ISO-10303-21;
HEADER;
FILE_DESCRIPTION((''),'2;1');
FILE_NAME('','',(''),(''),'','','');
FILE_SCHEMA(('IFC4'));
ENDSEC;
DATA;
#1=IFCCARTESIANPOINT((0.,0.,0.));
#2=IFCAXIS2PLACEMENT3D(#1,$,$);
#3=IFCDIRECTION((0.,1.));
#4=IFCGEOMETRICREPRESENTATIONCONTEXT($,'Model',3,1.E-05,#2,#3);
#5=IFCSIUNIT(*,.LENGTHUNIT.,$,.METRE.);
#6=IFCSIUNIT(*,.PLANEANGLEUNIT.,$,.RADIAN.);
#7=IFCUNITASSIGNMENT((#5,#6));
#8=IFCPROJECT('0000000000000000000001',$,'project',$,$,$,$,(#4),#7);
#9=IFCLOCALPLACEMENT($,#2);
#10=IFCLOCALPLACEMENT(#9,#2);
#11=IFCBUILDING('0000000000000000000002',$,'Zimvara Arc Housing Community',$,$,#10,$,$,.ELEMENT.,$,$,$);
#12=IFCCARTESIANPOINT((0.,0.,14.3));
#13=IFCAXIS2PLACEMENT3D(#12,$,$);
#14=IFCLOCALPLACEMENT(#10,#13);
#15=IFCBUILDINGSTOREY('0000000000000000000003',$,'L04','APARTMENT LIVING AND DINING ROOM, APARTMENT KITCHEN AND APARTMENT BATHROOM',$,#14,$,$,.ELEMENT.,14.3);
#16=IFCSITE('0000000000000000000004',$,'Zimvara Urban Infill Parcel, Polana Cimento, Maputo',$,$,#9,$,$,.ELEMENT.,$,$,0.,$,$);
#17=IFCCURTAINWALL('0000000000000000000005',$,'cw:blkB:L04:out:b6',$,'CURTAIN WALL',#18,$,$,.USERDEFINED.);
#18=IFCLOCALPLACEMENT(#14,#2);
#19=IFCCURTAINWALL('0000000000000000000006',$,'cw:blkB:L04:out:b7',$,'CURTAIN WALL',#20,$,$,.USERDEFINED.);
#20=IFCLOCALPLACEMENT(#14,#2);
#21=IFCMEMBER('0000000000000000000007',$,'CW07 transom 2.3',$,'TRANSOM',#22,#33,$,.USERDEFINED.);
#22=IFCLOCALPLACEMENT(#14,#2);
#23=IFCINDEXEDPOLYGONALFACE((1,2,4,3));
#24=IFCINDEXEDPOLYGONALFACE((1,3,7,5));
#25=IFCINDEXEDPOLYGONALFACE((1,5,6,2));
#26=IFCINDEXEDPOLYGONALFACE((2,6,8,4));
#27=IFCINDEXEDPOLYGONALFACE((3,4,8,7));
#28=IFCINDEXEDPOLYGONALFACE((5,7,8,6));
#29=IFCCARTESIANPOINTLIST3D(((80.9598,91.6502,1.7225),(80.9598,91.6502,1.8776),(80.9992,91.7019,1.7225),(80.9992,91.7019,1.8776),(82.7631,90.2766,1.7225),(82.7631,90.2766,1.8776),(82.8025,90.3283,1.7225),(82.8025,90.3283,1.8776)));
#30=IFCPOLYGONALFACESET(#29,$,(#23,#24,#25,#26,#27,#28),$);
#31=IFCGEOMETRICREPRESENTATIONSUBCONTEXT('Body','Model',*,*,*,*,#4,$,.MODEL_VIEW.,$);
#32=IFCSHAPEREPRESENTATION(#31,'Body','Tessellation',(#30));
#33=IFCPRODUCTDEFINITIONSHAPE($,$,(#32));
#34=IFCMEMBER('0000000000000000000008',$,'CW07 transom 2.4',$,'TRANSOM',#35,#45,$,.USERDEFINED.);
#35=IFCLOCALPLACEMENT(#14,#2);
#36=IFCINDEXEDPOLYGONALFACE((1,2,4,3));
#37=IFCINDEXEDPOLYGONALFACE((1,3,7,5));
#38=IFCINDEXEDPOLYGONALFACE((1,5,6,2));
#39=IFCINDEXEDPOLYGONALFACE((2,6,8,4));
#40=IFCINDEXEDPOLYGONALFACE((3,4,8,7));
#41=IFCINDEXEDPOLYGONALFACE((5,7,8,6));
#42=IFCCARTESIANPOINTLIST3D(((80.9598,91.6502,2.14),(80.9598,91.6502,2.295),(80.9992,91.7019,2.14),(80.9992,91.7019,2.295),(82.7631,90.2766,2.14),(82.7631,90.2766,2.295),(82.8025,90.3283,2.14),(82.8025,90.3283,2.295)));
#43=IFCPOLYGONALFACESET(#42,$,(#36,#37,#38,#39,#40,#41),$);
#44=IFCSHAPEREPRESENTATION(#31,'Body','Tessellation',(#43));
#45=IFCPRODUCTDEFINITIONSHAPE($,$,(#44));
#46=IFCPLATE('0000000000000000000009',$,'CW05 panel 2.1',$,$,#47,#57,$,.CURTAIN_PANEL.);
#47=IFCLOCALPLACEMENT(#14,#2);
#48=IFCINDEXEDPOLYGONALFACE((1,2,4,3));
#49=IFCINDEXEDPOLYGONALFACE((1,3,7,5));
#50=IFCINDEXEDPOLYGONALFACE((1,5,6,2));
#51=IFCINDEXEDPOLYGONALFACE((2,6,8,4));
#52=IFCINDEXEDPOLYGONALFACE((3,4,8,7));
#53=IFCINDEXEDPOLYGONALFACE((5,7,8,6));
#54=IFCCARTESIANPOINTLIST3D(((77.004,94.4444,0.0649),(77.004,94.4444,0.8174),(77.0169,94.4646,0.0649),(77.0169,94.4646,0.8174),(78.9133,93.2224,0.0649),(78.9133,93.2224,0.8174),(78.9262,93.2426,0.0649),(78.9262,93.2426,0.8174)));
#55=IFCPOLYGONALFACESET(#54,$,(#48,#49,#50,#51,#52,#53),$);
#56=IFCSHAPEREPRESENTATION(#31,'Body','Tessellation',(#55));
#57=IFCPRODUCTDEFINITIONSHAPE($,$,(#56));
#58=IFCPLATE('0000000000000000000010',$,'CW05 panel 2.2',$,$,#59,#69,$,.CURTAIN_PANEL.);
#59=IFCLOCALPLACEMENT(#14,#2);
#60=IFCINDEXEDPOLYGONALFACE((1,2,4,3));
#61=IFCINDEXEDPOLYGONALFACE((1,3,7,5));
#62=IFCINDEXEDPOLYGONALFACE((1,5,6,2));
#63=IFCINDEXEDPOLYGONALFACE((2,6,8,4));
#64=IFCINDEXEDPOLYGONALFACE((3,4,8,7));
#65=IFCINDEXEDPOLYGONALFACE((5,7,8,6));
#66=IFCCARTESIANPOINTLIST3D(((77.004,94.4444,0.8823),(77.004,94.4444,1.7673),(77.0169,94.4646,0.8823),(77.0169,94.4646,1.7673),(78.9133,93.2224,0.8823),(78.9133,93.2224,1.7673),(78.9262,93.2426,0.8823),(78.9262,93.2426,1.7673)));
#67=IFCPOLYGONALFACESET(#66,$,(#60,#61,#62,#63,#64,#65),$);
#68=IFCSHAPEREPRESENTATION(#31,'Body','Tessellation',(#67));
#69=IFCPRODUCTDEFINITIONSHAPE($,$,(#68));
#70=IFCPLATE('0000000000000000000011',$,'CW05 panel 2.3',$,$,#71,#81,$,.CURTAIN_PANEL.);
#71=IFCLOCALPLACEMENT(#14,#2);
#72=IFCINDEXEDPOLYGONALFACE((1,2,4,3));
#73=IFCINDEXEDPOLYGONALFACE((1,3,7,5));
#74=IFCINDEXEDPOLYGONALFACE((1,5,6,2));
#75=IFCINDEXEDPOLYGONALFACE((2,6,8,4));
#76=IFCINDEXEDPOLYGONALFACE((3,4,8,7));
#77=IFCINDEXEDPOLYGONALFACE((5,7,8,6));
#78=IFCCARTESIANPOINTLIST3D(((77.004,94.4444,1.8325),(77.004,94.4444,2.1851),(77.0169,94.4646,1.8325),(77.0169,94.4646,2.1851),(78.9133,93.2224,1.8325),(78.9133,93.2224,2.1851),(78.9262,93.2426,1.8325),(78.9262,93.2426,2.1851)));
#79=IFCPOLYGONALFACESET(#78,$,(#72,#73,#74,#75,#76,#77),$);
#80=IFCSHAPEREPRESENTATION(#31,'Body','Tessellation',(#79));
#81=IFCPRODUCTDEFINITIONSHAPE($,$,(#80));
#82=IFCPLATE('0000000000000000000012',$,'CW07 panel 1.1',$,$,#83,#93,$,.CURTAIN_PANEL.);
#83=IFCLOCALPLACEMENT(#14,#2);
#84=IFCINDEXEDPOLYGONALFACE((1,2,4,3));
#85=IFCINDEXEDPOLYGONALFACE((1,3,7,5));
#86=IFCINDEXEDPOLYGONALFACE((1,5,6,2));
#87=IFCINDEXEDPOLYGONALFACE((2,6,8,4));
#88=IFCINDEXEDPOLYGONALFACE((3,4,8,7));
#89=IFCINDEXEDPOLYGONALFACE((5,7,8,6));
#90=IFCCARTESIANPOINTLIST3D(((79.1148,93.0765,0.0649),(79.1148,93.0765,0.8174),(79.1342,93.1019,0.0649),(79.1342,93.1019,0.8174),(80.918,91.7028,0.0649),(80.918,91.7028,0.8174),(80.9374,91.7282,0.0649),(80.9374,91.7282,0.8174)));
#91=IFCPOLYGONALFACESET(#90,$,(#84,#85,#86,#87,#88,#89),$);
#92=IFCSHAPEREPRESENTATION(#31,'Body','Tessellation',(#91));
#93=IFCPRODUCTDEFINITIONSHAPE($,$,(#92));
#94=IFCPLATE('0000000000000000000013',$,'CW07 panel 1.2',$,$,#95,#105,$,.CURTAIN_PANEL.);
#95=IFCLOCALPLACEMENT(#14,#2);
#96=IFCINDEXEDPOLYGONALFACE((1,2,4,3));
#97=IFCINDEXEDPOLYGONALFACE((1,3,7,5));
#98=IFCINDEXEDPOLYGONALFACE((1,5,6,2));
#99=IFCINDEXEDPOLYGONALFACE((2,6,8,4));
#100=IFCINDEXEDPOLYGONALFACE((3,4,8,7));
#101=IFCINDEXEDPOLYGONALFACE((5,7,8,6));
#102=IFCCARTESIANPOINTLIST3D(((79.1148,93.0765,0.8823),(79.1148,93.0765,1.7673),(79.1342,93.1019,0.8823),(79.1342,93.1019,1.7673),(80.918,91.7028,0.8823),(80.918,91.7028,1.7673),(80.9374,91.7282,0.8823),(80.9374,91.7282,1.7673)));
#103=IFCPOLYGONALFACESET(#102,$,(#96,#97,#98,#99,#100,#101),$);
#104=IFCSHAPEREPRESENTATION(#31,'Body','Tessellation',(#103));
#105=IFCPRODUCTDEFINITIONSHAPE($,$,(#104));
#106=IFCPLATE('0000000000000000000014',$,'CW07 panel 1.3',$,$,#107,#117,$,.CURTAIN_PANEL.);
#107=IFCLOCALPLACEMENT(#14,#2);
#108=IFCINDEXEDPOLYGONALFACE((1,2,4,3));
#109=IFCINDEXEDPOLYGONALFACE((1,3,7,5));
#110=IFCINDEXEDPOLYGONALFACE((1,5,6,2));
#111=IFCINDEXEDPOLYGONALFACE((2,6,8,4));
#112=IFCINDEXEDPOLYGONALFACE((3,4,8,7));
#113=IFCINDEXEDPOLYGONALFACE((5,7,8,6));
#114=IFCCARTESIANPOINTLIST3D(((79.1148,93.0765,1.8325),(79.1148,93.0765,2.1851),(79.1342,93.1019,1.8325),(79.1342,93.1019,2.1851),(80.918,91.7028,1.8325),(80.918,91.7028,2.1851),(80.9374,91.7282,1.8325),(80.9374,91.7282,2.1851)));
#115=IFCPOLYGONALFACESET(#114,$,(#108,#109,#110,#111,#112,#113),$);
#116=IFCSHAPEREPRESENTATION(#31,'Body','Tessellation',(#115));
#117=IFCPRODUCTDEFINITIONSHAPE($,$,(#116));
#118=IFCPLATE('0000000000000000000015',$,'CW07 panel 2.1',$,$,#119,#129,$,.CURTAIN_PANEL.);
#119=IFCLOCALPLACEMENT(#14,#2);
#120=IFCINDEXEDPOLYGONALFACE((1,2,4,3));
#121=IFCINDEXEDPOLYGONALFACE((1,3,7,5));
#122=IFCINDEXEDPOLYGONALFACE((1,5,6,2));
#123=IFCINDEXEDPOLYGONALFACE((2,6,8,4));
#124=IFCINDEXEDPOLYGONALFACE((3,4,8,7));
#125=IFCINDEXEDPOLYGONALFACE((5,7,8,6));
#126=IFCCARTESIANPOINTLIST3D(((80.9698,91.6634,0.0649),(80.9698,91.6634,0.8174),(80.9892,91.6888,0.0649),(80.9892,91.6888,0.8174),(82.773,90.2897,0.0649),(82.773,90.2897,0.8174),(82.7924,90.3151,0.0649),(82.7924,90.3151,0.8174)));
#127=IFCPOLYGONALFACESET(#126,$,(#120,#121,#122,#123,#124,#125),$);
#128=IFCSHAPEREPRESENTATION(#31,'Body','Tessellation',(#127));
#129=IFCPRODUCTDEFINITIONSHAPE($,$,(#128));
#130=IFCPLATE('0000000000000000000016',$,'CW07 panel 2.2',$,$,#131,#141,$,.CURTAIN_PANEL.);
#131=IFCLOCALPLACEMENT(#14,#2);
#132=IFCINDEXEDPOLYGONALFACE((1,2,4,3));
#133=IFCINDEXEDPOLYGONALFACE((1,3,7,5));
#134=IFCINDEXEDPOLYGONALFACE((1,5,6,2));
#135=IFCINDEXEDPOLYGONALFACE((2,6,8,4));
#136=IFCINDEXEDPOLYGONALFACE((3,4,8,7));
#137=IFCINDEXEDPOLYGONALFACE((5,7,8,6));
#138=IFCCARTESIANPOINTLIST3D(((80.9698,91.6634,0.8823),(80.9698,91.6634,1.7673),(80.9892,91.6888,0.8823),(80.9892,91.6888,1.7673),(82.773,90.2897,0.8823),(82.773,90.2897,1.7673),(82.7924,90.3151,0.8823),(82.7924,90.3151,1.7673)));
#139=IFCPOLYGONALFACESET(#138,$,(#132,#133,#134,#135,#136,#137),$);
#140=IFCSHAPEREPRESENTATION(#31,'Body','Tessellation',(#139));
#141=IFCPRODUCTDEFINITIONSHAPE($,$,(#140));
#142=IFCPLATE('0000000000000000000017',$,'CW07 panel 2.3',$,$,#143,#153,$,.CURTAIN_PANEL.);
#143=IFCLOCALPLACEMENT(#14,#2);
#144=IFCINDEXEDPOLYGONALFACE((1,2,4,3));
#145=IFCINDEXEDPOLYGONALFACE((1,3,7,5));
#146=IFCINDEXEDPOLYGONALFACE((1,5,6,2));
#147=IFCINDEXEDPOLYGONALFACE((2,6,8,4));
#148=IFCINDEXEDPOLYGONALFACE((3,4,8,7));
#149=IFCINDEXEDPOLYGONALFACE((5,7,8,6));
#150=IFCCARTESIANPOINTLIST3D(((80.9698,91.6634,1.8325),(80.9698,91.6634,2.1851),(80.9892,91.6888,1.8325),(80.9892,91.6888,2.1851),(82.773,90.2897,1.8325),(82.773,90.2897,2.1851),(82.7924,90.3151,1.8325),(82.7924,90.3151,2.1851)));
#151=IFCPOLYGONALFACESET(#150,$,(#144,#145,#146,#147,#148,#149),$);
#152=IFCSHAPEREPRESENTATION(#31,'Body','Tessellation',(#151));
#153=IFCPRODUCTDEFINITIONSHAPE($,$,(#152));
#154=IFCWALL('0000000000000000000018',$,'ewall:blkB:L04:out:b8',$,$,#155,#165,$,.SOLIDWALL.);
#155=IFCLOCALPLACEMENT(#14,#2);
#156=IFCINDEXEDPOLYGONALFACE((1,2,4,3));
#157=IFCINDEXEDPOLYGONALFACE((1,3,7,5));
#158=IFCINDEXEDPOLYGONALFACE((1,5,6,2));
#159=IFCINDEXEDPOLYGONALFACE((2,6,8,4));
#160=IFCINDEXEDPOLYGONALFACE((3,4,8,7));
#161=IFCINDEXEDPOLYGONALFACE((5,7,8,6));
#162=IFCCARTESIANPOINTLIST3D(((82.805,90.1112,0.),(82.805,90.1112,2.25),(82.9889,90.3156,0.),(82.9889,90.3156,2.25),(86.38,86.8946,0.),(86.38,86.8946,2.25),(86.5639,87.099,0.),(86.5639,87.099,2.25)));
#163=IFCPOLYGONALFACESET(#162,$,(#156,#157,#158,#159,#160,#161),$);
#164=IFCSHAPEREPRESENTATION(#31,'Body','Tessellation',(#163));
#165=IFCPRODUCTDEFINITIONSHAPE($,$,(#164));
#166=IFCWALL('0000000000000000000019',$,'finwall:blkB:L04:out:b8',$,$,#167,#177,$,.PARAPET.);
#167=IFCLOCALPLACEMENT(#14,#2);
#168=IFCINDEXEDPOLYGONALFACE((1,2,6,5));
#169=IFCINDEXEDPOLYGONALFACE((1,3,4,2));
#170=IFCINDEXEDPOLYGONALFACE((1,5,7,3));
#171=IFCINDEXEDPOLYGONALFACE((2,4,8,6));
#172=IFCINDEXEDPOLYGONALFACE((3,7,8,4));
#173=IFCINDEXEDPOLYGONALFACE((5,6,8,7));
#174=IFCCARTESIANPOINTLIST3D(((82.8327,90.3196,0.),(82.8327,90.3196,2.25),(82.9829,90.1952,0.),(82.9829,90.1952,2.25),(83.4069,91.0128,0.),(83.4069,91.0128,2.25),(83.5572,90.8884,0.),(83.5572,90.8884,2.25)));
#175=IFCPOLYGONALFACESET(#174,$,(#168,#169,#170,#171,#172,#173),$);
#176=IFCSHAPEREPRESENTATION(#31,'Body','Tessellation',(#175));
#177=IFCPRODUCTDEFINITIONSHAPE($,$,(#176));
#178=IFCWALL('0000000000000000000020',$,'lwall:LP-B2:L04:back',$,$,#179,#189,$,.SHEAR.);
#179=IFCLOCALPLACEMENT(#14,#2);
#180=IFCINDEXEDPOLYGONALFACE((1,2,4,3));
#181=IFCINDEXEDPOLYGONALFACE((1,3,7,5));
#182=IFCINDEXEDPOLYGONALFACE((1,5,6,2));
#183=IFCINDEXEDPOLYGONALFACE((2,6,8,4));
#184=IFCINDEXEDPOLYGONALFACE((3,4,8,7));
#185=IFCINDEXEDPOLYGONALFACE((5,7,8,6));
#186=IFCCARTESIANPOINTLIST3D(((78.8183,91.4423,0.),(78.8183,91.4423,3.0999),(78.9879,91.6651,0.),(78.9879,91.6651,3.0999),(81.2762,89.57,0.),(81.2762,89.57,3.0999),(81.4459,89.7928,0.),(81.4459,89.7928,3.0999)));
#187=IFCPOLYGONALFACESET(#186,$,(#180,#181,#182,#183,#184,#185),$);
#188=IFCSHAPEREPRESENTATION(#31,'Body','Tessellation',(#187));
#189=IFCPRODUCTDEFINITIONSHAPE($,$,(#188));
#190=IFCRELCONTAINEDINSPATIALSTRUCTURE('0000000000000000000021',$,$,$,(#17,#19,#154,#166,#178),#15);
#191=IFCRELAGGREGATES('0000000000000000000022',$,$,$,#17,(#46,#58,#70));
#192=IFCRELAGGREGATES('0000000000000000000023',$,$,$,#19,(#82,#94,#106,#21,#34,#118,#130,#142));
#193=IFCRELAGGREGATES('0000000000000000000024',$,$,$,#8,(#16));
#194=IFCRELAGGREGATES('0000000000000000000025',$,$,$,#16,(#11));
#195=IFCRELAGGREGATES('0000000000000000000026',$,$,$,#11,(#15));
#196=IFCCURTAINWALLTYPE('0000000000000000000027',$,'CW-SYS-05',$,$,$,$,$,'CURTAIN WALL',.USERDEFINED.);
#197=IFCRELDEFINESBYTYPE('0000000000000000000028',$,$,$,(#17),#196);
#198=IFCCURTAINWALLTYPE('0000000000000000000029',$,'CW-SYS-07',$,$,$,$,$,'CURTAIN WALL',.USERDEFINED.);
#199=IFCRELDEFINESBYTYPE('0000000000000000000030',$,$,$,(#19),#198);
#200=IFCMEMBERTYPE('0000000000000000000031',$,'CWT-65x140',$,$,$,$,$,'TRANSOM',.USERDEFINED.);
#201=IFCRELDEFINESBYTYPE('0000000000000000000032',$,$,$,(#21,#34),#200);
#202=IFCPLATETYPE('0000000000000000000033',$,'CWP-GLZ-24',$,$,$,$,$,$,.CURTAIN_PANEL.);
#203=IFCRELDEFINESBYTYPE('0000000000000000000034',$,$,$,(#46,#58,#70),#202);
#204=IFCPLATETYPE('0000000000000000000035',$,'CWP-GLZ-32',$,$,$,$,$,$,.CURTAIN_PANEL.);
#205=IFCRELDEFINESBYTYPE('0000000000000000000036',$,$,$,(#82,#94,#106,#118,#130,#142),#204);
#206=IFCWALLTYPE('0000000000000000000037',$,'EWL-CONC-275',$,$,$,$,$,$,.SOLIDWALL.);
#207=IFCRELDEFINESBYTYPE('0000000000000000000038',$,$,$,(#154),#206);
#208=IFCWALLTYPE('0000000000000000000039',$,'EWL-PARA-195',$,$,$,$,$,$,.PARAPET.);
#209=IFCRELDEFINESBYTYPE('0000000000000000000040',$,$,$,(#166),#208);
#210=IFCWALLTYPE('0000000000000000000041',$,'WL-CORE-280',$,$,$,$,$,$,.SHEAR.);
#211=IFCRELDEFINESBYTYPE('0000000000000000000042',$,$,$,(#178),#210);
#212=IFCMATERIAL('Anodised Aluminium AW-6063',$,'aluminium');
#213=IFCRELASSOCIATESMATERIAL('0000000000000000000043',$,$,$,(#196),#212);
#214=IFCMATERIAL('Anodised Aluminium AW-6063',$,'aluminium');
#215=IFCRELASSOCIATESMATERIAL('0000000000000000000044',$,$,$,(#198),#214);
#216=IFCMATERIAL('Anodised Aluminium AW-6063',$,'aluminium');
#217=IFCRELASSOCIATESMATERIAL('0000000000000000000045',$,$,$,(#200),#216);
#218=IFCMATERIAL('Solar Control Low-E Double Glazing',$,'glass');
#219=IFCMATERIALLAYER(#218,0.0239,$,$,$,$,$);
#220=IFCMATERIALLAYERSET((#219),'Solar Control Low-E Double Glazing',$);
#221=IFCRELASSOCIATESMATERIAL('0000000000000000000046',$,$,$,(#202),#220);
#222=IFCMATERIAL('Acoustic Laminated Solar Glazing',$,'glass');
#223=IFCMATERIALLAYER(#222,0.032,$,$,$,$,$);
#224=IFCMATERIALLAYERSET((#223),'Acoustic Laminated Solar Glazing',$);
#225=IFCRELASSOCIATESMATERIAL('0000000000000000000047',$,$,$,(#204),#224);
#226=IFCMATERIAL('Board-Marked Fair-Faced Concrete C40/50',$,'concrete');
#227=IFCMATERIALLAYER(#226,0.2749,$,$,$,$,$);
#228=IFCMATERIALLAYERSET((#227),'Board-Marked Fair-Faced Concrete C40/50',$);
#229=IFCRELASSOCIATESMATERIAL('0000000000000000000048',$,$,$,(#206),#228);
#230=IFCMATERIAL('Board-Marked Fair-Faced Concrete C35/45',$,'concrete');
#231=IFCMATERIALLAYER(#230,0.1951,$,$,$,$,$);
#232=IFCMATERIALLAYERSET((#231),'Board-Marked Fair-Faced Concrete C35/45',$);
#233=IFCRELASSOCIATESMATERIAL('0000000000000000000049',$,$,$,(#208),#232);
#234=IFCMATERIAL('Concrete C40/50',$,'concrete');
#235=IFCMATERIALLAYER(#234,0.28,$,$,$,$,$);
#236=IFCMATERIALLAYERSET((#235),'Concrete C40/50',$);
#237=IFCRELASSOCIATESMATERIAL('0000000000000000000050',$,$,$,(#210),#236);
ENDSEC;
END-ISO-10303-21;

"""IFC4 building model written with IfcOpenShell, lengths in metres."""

from ifc_helpers import new_model, si_unit, direction, frame, frame_2d, origin, origin_2d, place, context, subcontext, project, spatial, rectangle, extrude, material, layer, layer_set, material_profile, profile_set, type_object, element, aggregate, save


model = new_model("IFC4")

# Units and contexts
model_context = context("Model", 3, precision=1e-05, world=origin(), true_north=direction((0.0, 1.0)))
body_context = subcontext(model_context, "Body", "Model", "MODEL_VIEW")
ifc_project = project(units=[si_unit("LENGTHUNIT", "METRE"), si_unit("PLANEANGLEUNIT", "RADIAN")], contexts=[model_context])

# Site, building, storey
site_placement = place(None, origin())
site = spatial("IfcSite", under=ifc_project, at=site_placement, Name="Zimvara Urban Infill Parcel, Polana Cimento, Maputo", CompositionType="ELEMENT", RefElevation=0.0)
building_placement = place(site_placement, origin())
building = spatial("IfcBuilding", under=site, at=building_placement, Name="Zimvara Arc Housing Community", CompositionType="ELEMENT")
storey_placement = place(building_placement, frame((0.0, 0.0, 14.3)))
storey = spatial("IfcBuildingStorey", under=building, at=storey_placement, Name="L04", Description="APARTMENT LIVING AND DINING ROOM, APARTMENT KITCHEN AND APARTMENT BATHROOM", CompositionType="ELEMENT", Elevation=14.3)

# Curtain wall
ifc_material_1 = material(Name="Anodised Aluminium AW-6063", Category="aluminium")
curtain_wall_type_1 = type_object("IfcCurtainWallType", Name="CW-SYS-05", ElementType="CURTAIN WALL", PredefinedType="USERDEFINED", material=ifc_material_1)
curtain_wall_1_placement = place(storey_placement, origin())
curtain_wall_1 = element("IfcCurtainWall", 1, at=curtain_wall_1_placement, inside=storey, type_object=curtain_wall_type_1, Name="cw:blkB:L04:out:b6", ObjectType="CURTAIN WALL", PredefinedType="USERDEFINED")

# Curtain wall, members
ifc_material_2 = material(Name="Anodised Aluminium AW-6063", Category="aluminium")
curtain_wall_type_2 = type_object("IfcCurtainWallType", Name="CW-SYS-07", ElementType="CURTAIN WALL", PredefinedType="USERDEFINED", material=ifc_material_2)
curtain_wall_2_placement = place(storey_placement, origin())
curtain_wall_2 = element("IfcCurtainWall", 2, at=curtain_wall_2_placement, inside=storey, type_object=curtain_wall_type_2, Name="cw:blkB:L04:out:b7", ObjectType="CURTAIN WALL", PredefinedType="USERDEFINED")
ifc_material_3 = material(Name="Anodised Aluminium AW-6063", Category="aluminium")
ifc_material_profile_1 = material_profile(ifc_material_3, rectangle(XDim=0.0649, YDim=0.155, at=origin_2d()), Name="ALU 65x155")
ifc_profile_set_1 = profile_set([ifc_material_profile_1], Name="Anodised Aluminium AW-6063")
member_type_1 = type_object("IfcMemberType", Name="CWT-65x140", ElementType="TRANSOM", PredefinedType="USERDEFINED", material=ifc_profile_set_1)
member_1_placement = place(storey_placement, frame((80.9795, 91.676, 1.8), z_axis=(0.795506, -0.605946, 0.0), x_axis=(0.605946, 0.795506, 0.0)))
member_1 = element("IfcMember", 3, at=member_1_placement, type_object=member_type_1, Name="CW07 transom 2.3", ObjectType="TRANSOM", PredefinedType="USERDEFINED", context=body_context, shape_type="SweptSolid", body=[
    extrude(rectangle(XDim=0.0649, YDim=0.155, at=origin_2d()), origin(), (0.0, 0.0, 1.0), 2.2668),
])
member_2_placement = place(storey_placement, frame((80.9795, 91.676, 2.2175), z_axis=(0.795506, -0.605946, 0.0), x_axis=(0.605946, 0.795506, 0.0)))
member_2 = element("IfcMember", 4, at=member_2_placement, type_object=member_type_1, Name="CW07 transom 2.4", ObjectType="TRANSOM", PredefinedType="USERDEFINED", context=body_context, shape_type="SweptSolid", body=[
    extrude(rectangle(XDim=0.0649, YDim=0.155, at=origin_2d()), origin(), (0.0, 0.0, 1.0), 2.2668),
])

# Plates
ifc_material_4 = material(Name="Solar Control Low-E Double Glazing", Category="glass")
ifc_layer_1 = layer(ifc_material_4, 0.0239)
ifc_layer_set_1 = layer_set([ifc_layer_1], Name="Solar Control Low-E Double Glazing")
plate_type_1 = type_object("IfcPlateType", Name="CWP-GLZ-24", PredefinedType="CURTAIN_PANEL", material=ifc_layer_set_1)
plate_1_placement = place(storey_placement, frame((77.9651, 93.8435, 0.0649), z_axis=(0.0, 0.0, 1.0), x_axis=(0.842264, -0.539065, 0.0)))
plate_1 = element("IfcPlate", 5, at=plate_1_placement, type_object=plate_type_1, Name="CW05 panel 2.1", PredefinedType="CURTAIN_PANEL", context=body_context, shape_type="SweptSolid", body=[
    extrude(rectangle(XDim=2.2668, YDim=0.0239, at=origin_2d()), origin(), (0.0, 0.0, 1.0), 0.7524),
])
plate_2_placement = place(storey_placement, frame((77.9651, 93.8435, 0.8823), z_axis=(0.0, 0.0, 1.0), x_axis=(0.842264, -0.539065, 0.0)))
plate_2 = element("IfcPlate", 6, at=plate_2_placement, type_object=plate_type_1, Name="CW05 panel 2.2", PredefinedType="CURTAIN_PANEL", context=body_context, shape_type="SweptSolid", body=[
    extrude(rectangle(XDim=2.2668, YDim=0.0239, at=origin_2d()), origin(), (0.0, 0.0, 1.0), 0.885),
])
plate_3_placement = place(storey_placement, frame((77.9651, 93.8435, 1.8325), z_axis=(0.0, 0.0, 1.0), x_axis=(0.842264, -0.539065, 0.0)))
plate_3 = element("IfcPlate", 7, at=plate_3_placement, type_object=plate_type_1, Name="CW05 panel 2.3", PredefinedType="CURTAIN_PANEL", context=body_context, shape_type="SweptSolid", body=[
    extrude(rectangle(XDim=2.2668, YDim=0.0239, at=origin_2d()), origin(), (0.0, 0.0, 1.0), 0.3525),
])
aggregate(curtain_wall_1, [plate_1, plate_2, plate_3])
ifc_material_5 = material(Name="Acoustic Laminated Solar Glazing", Category="glass")
ifc_layer_2 = layer(ifc_material_5, 0.032)
ifc_layer_set_2 = layer_set([ifc_layer_2], Name="Acoustic Laminated Solar Glazing")
plate_type_2 = type_object("IfcPlateType", Name="CWP-GLZ-32", PredefinedType="CURTAIN_PANEL", material=ifc_layer_set_2)
plate_4_placement = place(storey_placement, frame((80.0261, 92.4023, 0.0649), z_axis=(0.0, 0.0, 1.0), x_axis=(0.795474, -0.605988, 0.0)))
plate_4 = element("IfcPlate", 8, at=plate_4_placement, type_object=plate_type_2, Name="CW07 panel 1.1", PredefinedType="CURTAIN_PANEL", context=body_context, shape_type="SweptSolid", body=[
    extrude(rectangle(XDim=2.2668, YDim=0.032, at=origin_2d()), origin(), (0.0, 0.0, 1.0), 0.7524),
])
plate_5_placement = place(storey_placement, frame((80.0261, 92.4023, 0.8823), z_axis=(0.0, 0.0, 1.0), x_axis=(0.795474, -0.605988, 0.0)))
plate_5 = element("IfcPlate", 9, at=plate_5_placement, type_object=plate_type_2, Name="CW07 panel 1.2", PredefinedType="CURTAIN_PANEL", context=body_context, shape_type="SweptSolid", body=[
    extrude(rectangle(XDim=2.2668, YDim=0.032, at=origin_2d()), origin(), (0.0, 0.0, 1.0), 0.885),
])
plate_6_placement = place(storey_placement, frame((80.0261, 92.4023, 1.8325), z_axis=(0.0, 0.0, 1.0), x_axis=(0.795474, -0.605988, 0.0)))
plate_6 = element("IfcPlate", 10, at=plate_6_placement, type_object=plate_type_2, Name="CW07 panel 1.3", PredefinedType="CURTAIN_PANEL", context=body_context, shape_type="SweptSolid", body=[
    extrude(rectangle(XDim=2.2668, YDim=0.032, at=origin_2d()), origin(), (0.0, 0.0, 1.0), 0.3525),
])
plate_7_placement = place(storey_placement, frame((81.8811, 90.9893, 0.0649), z_axis=(0.0, 0.0, 1.0), x_axis=(0.795474, -0.605988, 0.0)))
plate_7 = element("IfcPlate", 11, at=plate_7_placement, type_object=plate_type_2, Name="CW07 panel 2.1", PredefinedType="CURTAIN_PANEL", context=body_context, shape_type="SweptSolid", body=[
    extrude(rectangle(XDim=2.2668, YDim=0.032, at=origin_2d()), origin(), (0.0, 0.0, 1.0), 0.7524),
])
plate_8_placement = place(storey_placement, frame((81.8811, 90.9893, 0.8823), z_axis=(0.0, 0.0, 1.0), x_axis=(0.795474, -0.605988, 0.0)))
plate_8 = element("IfcPlate", 12, at=plate_8_placement, type_object=plate_type_2, Name="CW07 panel 2.2", PredefinedType="CURTAIN_PANEL", context=body_context, shape_type="SweptSolid", body=[
    extrude(rectangle(XDim=2.2668, YDim=0.032, at=origin_2d()), origin(), (0.0, 0.0, 1.0), 0.885),
])
plate_9_placement = place(storey_placement, frame((81.8811, 90.9893, 1.8325), z_axis=(0.0, 0.0, 1.0), x_axis=(0.795474, -0.605988, 0.0)))
plate_9 = element("IfcPlate", 13, at=plate_9_placement, type_object=plate_type_2, Name="CW07 panel 2.3", PredefinedType="CURTAIN_PANEL", context=body_context, shape_type="SweptSolid", body=[
    extrude(rectangle(XDim=2.2668, YDim=0.032, at=origin_2d()), origin(), (0.0, 0.0, 1.0), 0.3525),
])
aggregate(curtain_wall_2, [plate_4, plate_5, plate_6, member_1, member_2, plate_7, plate_8, plate_9])

# Walls
ifc_material_6 = material(Name="Board-Marked Fair-Faced Concrete C40/50", Category="concrete")
ifc_layer_3 = layer(ifc_material_6, 0.2749)
ifc_layer_set_3 = layer_set([ifc_layer_3], Name="Board-Marked Fair-Faced Concrete C40/50")
wall_type_1 = type_object("IfcWallType", Name="EWL-CONC-275", PredefinedType="SOLIDWALL", material=ifc_layer_set_3)
wall_1_placement = place(storey_placement, frame((82.897, 90.2134, 0.0), z_axis=(0.0, 0.0, 1.0), x_axis=(0.743388, -0.668861, 0.0)))
element("IfcWall", 14, at=wall_1_placement, inside=storey, type_object=wall_type_1, Name="ewall:blkB:L04:out:b8", PredefinedType="SOLIDWALL", context=body_context, shape_type="SweptSolid", body=[
    extrude(rectangle(XDim=4.8091, YDim=0.2749, at=frame_2d((2.4045, 0.0))), origin(), (0.0, 0.0, 1.0), 2.25),
])
ifc_material_7 = material(Name="Board-Marked Fair-Faced Concrete C35/45", Category="concrete")
ifc_layer_4 = layer(ifc_material_7, 0.1951)
ifc_layer_set_4 = layer_set([ifc_layer_4], Name="Board-Marked Fair-Faced Concrete C35/45")
wall_type_2 = type_object("IfcWallType", Name="EWL-PARA-195", PredefinedType="PARAPET", material=ifc_layer_set_4)
wall_2_placement = place(storey_placement, frame((82.9077, 90.2573, 0.0), z_axis=(0.0, 0.0, 1.0), x_axis=(0.637967, 0.770063, 0.0)))
element("IfcWall", 15, at=wall_2_placement, inside=storey, type_object=wall_type_2, Name="finwall:blkB:L04:out:b8", PredefinedType="PARAPET", context=body_context, shape_type="SweptSolid", body=[
    extrude(rectangle(XDim=0.9001, YDim=0.1951, at=frame_2d((0.4502, 0.0))), origin(), (0.0, 0.0, 1.0), 2.25),
])
ifc_material_8 = material(Name="Concrete C40/50", Category="concrete")
ifc_layer_5 = layer(ifc_material_8, 0.28)
ifc_layer_set_5 = layer_set([ifc_layer_5], Name="Concrete C40/50")
wall_type_3 = type_object("IfcWallType", Name="WL-CORE-280", PredefinedType="SHEAR", material=ifc_layer_set_5)
wall_3_placement = place(storey_placement, frame((81.3611, 89.6814, 0.0), z_axis=(0.0, 0.0, 1.0), x_axis=(-0.795502, 0.60595, 0.0)))
element("IfcWall", 16, at=wall_3_placement, inside=storey, type_object=wall_type_3, Name="lwall:LP-B2:L04:back", PredefinedType="SHEAR", context=body_context, shape_type="SweptSolid", body=[
    extrude(rectangle(XDim=3.0898, YDim=0.28, at=frame_2d((1.5449, 0.0))), origin(), (0.0, 0.0, 1.0), 3.0999),
])

save(model, "model.ifc")
